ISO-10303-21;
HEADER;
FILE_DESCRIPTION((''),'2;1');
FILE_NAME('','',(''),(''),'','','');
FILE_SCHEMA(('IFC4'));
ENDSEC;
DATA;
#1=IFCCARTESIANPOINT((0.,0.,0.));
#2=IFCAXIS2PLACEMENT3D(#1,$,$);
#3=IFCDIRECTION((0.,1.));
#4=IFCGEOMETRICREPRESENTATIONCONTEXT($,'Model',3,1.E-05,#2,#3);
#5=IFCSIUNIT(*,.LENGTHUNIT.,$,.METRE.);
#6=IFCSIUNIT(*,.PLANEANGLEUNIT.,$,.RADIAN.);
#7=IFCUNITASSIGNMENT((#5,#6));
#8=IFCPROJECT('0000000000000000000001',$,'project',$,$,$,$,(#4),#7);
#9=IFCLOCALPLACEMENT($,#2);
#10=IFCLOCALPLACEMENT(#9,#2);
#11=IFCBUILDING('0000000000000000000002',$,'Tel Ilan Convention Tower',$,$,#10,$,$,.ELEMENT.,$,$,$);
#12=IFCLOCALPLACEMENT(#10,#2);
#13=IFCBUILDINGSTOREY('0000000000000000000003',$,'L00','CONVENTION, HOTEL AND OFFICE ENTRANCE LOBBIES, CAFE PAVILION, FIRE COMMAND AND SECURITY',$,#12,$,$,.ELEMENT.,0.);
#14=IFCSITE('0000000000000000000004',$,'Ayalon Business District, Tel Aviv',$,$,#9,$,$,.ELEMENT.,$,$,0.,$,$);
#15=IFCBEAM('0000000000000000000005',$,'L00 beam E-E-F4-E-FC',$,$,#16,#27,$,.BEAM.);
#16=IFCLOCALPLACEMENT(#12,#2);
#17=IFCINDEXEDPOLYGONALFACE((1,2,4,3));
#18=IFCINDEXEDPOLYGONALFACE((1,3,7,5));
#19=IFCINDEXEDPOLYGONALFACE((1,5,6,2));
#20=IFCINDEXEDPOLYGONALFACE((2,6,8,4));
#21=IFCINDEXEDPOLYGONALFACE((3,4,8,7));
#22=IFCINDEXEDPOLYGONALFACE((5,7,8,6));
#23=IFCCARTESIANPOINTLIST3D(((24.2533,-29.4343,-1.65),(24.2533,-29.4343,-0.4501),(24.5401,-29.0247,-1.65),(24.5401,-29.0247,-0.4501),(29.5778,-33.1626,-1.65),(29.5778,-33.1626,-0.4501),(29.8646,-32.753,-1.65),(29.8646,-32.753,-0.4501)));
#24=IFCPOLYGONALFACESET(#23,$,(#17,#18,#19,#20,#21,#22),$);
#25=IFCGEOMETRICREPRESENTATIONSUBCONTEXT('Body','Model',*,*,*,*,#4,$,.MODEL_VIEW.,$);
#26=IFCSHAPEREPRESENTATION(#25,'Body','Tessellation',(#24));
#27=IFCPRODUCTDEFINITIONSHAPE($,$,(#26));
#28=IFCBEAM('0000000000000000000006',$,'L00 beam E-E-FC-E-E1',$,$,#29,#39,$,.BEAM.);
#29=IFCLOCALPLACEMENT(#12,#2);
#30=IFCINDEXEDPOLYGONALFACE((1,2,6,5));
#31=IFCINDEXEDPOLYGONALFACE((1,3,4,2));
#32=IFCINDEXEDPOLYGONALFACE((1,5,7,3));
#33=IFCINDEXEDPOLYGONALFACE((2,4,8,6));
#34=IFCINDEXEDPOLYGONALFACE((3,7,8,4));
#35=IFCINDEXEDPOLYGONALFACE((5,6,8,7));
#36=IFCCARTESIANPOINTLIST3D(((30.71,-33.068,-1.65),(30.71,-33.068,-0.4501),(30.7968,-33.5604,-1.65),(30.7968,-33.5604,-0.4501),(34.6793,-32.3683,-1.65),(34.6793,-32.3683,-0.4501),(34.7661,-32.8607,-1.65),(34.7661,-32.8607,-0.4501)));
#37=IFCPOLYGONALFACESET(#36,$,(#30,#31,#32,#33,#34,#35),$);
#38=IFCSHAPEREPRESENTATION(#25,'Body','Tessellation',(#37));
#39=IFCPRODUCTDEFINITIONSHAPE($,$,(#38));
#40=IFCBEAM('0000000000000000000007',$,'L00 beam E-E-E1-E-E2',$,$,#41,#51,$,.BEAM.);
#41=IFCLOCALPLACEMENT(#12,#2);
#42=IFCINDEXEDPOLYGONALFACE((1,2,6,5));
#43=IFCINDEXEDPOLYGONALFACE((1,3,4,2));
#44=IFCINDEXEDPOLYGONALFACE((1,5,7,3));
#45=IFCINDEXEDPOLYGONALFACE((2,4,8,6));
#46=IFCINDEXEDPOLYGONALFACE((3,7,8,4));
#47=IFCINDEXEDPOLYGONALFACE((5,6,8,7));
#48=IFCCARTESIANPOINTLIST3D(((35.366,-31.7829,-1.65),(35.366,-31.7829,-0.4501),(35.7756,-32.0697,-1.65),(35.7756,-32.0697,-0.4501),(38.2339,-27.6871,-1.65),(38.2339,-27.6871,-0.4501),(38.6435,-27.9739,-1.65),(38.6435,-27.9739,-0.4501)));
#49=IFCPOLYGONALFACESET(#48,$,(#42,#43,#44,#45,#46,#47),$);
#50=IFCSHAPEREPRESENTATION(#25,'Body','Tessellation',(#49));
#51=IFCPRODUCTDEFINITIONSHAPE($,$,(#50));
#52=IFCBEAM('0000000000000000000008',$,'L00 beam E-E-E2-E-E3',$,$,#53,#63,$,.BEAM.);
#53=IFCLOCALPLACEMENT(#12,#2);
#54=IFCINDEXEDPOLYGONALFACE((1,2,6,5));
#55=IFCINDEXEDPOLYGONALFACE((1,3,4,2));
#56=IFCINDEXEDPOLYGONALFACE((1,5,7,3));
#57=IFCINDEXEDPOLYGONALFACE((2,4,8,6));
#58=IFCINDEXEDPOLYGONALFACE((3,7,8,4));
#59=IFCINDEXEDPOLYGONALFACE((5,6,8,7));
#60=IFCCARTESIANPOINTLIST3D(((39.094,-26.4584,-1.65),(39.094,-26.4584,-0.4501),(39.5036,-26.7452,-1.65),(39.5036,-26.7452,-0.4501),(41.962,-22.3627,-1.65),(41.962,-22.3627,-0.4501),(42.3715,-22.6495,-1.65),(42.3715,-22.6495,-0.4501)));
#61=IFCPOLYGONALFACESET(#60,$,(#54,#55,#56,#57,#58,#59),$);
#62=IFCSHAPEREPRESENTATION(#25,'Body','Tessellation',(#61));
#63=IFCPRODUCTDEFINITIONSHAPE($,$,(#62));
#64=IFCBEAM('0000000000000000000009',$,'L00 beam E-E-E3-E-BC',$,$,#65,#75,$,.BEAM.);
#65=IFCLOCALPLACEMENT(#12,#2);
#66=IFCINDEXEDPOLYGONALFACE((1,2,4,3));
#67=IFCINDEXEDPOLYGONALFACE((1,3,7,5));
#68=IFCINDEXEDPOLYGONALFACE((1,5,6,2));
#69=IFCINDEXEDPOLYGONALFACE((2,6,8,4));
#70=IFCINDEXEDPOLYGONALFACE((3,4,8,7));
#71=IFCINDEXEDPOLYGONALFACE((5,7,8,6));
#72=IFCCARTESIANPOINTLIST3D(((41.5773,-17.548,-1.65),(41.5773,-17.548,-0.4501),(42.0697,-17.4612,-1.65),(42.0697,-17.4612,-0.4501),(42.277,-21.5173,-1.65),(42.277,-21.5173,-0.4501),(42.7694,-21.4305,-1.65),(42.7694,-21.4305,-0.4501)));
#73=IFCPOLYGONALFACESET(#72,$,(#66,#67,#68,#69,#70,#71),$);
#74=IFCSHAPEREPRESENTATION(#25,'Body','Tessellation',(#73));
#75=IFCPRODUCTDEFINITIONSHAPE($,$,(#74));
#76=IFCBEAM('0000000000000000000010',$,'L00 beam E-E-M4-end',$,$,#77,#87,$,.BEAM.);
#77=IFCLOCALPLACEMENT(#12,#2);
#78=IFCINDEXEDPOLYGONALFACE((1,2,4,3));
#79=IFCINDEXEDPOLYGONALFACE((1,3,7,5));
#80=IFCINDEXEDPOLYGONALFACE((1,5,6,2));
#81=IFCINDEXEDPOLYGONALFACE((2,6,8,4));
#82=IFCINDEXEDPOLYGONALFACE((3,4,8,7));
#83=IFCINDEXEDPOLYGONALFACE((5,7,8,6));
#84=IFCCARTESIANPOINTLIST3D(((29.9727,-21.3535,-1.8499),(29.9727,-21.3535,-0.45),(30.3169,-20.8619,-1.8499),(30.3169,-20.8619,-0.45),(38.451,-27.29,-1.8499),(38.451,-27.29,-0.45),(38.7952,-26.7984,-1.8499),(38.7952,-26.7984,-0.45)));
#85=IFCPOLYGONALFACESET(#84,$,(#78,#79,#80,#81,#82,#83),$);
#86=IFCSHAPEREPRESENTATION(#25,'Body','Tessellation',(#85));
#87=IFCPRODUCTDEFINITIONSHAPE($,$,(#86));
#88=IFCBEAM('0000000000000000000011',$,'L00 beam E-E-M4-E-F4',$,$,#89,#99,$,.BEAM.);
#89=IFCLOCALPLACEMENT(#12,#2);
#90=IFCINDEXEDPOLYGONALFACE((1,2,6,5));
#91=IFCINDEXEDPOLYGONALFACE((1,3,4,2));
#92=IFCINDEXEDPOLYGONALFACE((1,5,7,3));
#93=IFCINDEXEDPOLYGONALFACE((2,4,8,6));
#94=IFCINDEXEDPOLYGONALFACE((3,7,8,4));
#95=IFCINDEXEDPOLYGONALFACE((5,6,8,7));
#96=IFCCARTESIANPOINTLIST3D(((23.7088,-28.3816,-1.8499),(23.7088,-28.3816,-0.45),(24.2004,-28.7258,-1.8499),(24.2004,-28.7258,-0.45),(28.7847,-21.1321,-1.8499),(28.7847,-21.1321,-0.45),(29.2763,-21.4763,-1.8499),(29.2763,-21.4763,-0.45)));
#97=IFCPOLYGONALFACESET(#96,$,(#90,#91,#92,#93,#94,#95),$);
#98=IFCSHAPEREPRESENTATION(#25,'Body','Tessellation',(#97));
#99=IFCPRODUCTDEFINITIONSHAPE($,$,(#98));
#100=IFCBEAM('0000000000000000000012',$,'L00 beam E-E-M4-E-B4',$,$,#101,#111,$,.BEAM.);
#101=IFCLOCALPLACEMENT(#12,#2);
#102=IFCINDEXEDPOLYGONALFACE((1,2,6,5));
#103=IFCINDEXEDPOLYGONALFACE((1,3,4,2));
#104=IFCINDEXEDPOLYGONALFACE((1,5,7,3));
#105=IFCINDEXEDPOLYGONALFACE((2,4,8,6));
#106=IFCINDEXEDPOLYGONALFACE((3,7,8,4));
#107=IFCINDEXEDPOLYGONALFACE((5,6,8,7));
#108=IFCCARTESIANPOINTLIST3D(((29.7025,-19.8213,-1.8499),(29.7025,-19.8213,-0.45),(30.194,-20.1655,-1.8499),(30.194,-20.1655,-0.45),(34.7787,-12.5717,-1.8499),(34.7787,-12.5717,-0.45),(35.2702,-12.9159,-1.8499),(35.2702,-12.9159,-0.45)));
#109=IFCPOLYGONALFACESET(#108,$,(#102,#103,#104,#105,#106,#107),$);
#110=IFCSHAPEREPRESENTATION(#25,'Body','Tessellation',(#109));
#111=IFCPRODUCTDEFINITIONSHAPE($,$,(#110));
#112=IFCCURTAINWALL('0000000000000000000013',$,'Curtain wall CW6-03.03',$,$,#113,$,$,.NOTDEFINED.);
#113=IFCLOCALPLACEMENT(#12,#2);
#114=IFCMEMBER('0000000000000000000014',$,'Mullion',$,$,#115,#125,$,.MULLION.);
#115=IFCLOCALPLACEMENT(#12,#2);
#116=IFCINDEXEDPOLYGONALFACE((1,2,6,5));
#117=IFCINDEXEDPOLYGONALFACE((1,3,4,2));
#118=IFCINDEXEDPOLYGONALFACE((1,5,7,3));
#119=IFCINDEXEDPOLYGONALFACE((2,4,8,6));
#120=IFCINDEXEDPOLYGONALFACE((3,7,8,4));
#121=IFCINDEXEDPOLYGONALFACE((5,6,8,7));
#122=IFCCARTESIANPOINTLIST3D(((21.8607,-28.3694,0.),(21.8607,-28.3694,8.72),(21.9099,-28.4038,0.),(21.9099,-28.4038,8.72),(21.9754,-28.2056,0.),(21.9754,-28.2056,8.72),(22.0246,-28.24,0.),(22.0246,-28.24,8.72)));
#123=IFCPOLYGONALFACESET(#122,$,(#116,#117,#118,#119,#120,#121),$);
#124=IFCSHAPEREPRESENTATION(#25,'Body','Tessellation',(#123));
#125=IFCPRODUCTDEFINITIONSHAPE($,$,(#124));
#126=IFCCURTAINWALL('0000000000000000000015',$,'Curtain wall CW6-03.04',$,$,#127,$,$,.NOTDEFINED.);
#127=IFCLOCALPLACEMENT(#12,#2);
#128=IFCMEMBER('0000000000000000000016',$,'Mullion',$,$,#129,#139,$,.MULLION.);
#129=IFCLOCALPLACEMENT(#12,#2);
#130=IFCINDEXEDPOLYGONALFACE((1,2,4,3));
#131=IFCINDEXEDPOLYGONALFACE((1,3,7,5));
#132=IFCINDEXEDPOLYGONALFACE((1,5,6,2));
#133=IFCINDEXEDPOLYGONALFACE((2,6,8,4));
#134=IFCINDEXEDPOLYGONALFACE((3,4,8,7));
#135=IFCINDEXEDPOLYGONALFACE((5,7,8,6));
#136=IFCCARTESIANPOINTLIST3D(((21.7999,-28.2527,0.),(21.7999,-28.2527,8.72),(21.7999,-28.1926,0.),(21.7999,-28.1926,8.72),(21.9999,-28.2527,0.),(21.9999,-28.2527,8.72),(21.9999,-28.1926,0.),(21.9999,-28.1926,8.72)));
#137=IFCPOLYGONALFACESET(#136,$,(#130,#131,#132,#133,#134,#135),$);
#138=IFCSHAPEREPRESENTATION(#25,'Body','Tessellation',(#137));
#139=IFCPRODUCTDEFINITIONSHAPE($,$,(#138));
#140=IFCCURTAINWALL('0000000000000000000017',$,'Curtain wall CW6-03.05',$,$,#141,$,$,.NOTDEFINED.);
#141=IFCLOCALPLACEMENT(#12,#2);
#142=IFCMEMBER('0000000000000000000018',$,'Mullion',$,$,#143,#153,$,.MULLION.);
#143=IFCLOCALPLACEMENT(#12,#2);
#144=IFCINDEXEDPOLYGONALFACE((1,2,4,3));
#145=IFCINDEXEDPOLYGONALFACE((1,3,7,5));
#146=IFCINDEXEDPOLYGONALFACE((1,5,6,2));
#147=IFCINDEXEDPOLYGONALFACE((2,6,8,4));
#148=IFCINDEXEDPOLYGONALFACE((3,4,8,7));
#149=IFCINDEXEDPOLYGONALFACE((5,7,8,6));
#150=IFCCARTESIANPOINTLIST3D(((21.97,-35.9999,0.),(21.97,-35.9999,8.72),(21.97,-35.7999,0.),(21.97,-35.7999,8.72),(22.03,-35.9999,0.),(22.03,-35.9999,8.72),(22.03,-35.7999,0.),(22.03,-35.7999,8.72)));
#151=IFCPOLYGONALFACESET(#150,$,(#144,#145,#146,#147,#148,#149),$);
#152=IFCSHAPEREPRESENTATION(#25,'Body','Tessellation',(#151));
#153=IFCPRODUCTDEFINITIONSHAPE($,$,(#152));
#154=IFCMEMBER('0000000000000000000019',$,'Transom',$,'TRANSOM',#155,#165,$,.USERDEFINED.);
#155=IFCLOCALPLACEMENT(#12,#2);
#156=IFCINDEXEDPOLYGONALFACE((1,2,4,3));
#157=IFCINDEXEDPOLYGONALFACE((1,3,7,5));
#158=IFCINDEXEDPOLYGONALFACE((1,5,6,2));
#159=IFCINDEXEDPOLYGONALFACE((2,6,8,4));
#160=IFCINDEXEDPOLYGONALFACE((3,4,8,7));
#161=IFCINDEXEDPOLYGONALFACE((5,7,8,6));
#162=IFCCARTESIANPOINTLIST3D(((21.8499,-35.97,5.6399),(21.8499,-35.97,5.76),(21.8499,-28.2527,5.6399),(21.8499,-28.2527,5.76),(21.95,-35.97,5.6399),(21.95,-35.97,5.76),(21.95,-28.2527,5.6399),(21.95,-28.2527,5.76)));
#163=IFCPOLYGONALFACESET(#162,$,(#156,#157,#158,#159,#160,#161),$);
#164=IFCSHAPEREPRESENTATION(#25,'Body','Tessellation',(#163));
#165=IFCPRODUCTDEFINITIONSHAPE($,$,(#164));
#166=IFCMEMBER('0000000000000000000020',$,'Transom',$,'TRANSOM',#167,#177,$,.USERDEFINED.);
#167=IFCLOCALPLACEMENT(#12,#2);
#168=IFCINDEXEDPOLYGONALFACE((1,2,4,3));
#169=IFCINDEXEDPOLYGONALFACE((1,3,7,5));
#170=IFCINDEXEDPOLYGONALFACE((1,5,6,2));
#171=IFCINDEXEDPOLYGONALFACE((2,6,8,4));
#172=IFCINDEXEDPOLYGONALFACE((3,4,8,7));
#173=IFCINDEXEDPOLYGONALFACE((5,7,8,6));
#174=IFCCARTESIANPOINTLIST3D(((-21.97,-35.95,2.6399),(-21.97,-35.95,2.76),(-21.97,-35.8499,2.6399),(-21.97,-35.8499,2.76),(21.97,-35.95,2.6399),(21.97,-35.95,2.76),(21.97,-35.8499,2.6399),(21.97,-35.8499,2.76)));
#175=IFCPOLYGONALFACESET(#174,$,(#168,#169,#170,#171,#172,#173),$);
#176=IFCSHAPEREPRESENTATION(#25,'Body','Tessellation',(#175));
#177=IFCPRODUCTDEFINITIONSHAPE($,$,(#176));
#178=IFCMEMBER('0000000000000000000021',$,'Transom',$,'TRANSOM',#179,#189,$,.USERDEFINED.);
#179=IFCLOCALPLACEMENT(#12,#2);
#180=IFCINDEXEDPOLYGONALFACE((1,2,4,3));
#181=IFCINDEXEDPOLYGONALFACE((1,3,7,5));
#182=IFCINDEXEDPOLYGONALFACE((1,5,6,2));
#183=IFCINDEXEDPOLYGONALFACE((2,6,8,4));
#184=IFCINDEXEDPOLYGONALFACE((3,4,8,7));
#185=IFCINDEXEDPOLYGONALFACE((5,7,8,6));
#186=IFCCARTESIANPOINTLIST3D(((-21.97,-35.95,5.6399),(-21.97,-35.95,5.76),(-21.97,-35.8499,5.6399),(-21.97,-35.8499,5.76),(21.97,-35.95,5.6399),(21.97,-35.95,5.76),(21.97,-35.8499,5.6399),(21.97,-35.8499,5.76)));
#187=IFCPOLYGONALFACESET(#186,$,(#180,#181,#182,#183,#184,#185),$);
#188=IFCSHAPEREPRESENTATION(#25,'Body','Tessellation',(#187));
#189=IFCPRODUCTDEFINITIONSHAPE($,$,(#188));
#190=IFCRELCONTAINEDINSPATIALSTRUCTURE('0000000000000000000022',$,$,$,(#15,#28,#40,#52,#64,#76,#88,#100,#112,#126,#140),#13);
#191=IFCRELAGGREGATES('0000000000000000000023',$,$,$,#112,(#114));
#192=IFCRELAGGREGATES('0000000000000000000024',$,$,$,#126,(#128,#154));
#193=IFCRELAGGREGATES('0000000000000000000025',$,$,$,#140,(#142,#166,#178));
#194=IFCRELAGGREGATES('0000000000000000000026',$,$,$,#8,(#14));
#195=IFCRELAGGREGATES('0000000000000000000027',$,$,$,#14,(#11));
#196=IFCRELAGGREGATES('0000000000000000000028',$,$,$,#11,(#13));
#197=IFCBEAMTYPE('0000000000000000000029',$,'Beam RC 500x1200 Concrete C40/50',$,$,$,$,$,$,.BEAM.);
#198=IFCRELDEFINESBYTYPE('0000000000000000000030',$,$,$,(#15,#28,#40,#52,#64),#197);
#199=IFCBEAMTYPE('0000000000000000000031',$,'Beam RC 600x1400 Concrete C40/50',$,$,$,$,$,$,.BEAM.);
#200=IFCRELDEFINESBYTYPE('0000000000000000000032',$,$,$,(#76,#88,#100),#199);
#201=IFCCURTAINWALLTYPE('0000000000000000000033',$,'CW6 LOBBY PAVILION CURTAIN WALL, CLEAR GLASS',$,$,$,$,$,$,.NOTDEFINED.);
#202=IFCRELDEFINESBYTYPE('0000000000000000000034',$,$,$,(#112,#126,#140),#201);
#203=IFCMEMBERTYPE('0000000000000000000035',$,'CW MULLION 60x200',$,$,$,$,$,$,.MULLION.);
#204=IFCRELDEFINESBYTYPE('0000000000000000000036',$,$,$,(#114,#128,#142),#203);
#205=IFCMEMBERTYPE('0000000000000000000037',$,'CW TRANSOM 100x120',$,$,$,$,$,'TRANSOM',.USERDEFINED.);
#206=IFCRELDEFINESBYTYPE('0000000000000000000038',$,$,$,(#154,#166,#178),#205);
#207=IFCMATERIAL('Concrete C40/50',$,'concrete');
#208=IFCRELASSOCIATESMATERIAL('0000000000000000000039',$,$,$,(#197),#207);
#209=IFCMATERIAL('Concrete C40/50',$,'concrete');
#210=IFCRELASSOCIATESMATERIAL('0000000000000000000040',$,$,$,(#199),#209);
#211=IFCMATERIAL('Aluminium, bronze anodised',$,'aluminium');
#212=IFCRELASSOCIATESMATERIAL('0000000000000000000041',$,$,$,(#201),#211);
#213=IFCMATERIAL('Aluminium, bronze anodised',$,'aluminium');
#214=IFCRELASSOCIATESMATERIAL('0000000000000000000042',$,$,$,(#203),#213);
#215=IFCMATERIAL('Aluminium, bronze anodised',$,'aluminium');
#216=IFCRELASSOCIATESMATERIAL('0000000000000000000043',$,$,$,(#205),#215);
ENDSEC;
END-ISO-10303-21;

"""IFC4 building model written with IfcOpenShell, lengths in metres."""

from ifc_helpers import new_model, si_unit, direction, frame, origin, origin_2d, place, context, subcontext, project, spatial, rectangle, extrude, material, material_profile, profile_set, type_object, element, aggregate, save


model = new_model("IFC4")

# Units and contexts
model_context = context("Model", 3, precision=1e-05, world=origin(), true_north=direction((0.0, 1.0)))
body_context = subcontext(model_context, "Body", "Model", "MODEL_VIEW")
ifc_project = project(units=[si_unit("LENGTHUNIT", "METRE"), si_unit("PLANEANGLEUNIT", "RADIAN")], contexts=[model_context])

# Site, building, storey
site_placement = place(None, origin())
site = spatial("IfcSite", under=ifc_project, at=site_placement, Name="Ayalon Business District, Tel Aviv", CompositionType="ELEMENT", RefElevation=0.0)
building_placement = place(site_placement, origin())
building = spatial("IfcBuilding", under=site, at=building_placement, Name="Tel Ilan Convention Tower", CompositionType="ELEMENT")
storey_placement = place(building_placement, origin())
storey = spatial("IfcBuildingStorey", under=building, at=storey_placement, Name="L00", Description="CONVENTION, HOTEL AND OFFICE ENTRANCE LOBBIES, CAFE PAVILION, FIRE COMMAND AND SECURITY", CompositionType="ELEMENT", Elevation=0.0)

# Beams
ifc_material_1 = material(Name="Concrete C40/50", Category="concrete")
ifc_material_profile_1 = material_profile(ifc_material_1, rectangle(XDim=0.5, YDim=1.2, at=origin_2d()), Name="RC 500x1200")
ifc_profile_set_1 = profile_set([ifc_material_profile_1], Name="Concrete C40/50")
beam_type_1 = type_object("IfcBeamType", Name="Beam RC 500x1200 Concrete C40/50", PredefinedType="BEAM", material=ifc_profile_set_1)
beam_1_placement = place(storey_placement, frame((24.3967, -29.2295, -1.05), z_axis=(0.819149, -0.573581, 0.0), x_axis=(0.573581, 0.819149, 0.0)))
element("IfcBeam", 1, at=beam_1_placement, inside=storey, type_object=beam_type_1, Name="L00 beam E-E-F4-E-FC", PredefinedType="BEAM", context=body_context, shape_type="SweptSolid", body=[
    extrude(rectangle(XDim=0.5, YDim=1.2, at=origin_2d()), origin(), (0.0, 0.0, 1.0), 6.5),
])
beam_2_placement = place(storey_placement, frame((30.7534, -33.3142, -1.05), z_axis=(0.984815, 0.173606, 0.0), x_axis=(-0.173606, 0.984815, 0.0)))
element("IfcBeam", 2, at=beam_2_placement, inside=storey, type_object=beam_type_1, Name="L00 beam E-E-FC-E-E1", PredefinedType="BEAM", context=body_context, shape_type="SweptSolid", body=[
    extrude(rectangle(XDim=0.5, YDim=1.2, at=origin_2d()), origin(), (0.0, 0.0, 1.0), 4.0305),
])
for number, where, z_axis, x_axis, name in (
    (3, (35.5708, -31.9263, -1.05), (0.573587, 0.819145, 0.0), (-0.819145, 0.573587, 0.0), "L00 beam E-E-E1-E-E2"),
    (4, (39.2988, -26.6018, -1.05), (0.573587, 0.819145, 0.0), (-0.819145, 0.573587, 0.0), "L00 beam E-E-E2-E-E3"),
):
    element("IfcBeam", number, at=place(storey_placement, frame(where, z_axis=z_axis, x_axis=x_axis)), inside=storey, type_object=beam_type_1, Name=name, PredefinedType="BEAM", context=body_context, shape_type="SweptSolid", body=[
        extrude(rectangle(XDim=0.5, YDim=1.2, at=origin_2d()), origin(), (0.0, 0.0, 1.0), 5.0),
    ])
beam_3_placement = place(storey_placement, frame((42.5232, -21.4739, -1.05), z_axis=(-0.173606, 0.984815, 0.0), x_axis=(-0.984815, -0.173606, 0.0)))
element("IfcBeam", 5, at=beam_3_placement, inside=storey, type_object=beam_type_1, Name="L00 beam E-E-E3-E-BC", PredefinedType="BEAM", context=body_context, shape_type="SweptSolid", body=[
    extrude(rectangle(XDim=0.5, YDim=1.2, at=origin_2d()), origin(), (0.0, 0.0, 1.0), 4.0305),
])
ifc_material_2 = material(Name="Concrete C40/50", Category="concrete")
ifc_material_profile_2 = material_profile(ifc_material_2, rectangle(XDim=0.6001, YDim=1.3999, at=origin_2d()), Name="RC 600x1400")
ifc_profile_set_2 = profile_set([ifc_material_profile_2], Name="Concrete C40/50")
beam_type_2 = type_object("IfcBeamType", Name="Beam RC 600x1400 Concrete C40/50", PredefinedType="BEAM", material=ifc_profile_set_2)
beam_4_placement = place(storey_placement, frame((30.1448, -21.1077, -1.1499), z_axis=(0.819153, -0.573575, 0.0), x_axis=(0.573575, 0.819153, 0.0)))
element("IfcBeam", 6, at=beam_4_placement, inside=storey, type_object=beam_type_2, Name="L00 beam E-E-M4-end", PredefinedType="BEAM", context=body_context, shape_type="SweptSolid", body=[
    extrude(rectangle(XDim=0.6001, YDim=1.3999, at=origin_2d()), origin(), (0.0, 0.0, 1.0), 10.3501),
])
beam_5_placement = place(storey_placement, frame((29.0305, -21.3042, -1.1499), z_axis=(-0.573559, -0.819165, 0.0), x_axis=(0.819165, -0.573559, 0.0)))
element("IfcBeam", 7, at=beam_5_placement, inside=storey, type_object=beam_type_2, Name="L00 beam E-E-M4-E-F4", PredefinedType="BEAM", context=body_context, shape_type="SweptSolid", body=[
    extrude(rectangle(XDim=0.6001, YDim=1.3999, at=origin_2d()), origin(), (0.0, 0.0, 1.0), 8.8499),
])
beam_6_placement = place(storey_placement, frame((29.9482, -19.9934, -1.1499), z_axis=(0.573577, 0.819152, 0.0), x_axis=(-0.819152, 0.573577, 0.0)))
element("IfcBeam", 8, at=beam_6_placement, inside=storey, type_object=beam_type_2, Name="L00 beam E-E-M4-E-B4", PredefinedType="BEAM", context=body_context, shape_type="SweptSolid", body=[
    extrude(rectangle(XDim=0.6001, YDim=1.3999, at=origin_2d()), origin(), (0.0, 0.0, 1.0), 8.8501),
])

# Curtain walls, members
ifc_material_3 = material(Name="Aluminium, bronze anodised", Category="aluminium")
curtain_wall_type = type_object("IfcCurtainWallType", Name="CW6 LOBBY PAVILION CURTAIN WALL, CLEAR GLASS", PredefinedType="NOTDEFINED", material=ifc_material_3)
curtain_wall_1_placement = place(storey_placement, origin())
curtain_wall_1 = element("IfcCurtainWall", 9, at=curtain_wall_1_placement, inside=storey, type_object=curtain_wall_type, Name="Curtain wall CW6-03.03", PredefinedType="NOTDEFINED")
ifc_material_4 = material(Name="Aluminium, bronze anodised", Category="aluminium")
ifc_material_profile_3 = material_profile(ifc_material_4, rectangle(XDim=0.0601, YDim=0.2, at=origin_2d()), Name="CW MULLION 60x200")
ifc_profile_set_3 = profile_set([ifc_material_profile_3], Name="Aluminium, bronze anodised")
member_type_1 = type_object("IfcMemberType", Name="CW MULLION 60x200", PredefinedType="MULLION", material=ifc_profile_set_3)
member_1_placement = place(storey_placement, frame((21.9426, -28.3047, 0.0), z_axis=(0.0, 0.0, 1.0), x_axis=(0.819152, -0.573576, 0.0)))
member_1 = element("IfcMember", 10, at=member_1_placement, type_object=member_type_1, Name="Mullion", PredefinedType="MULLION", context=body_context, shape_type="SweptSolid", body=[
    extrude(rectangle(XDim=0.0601, YDim=0.2, at=origin_2d()), origin(), (0.0, 0.0, 1.0), 8.72),
])
aggregate(curtain_wall_1, [member_1])
curtain_wall_2_placement = place(storey_placement, origin())
curtain_wall_2 = element("IfcCurtainWall", 11, at=curtain_wall_2_placement, inside=storey, type_object=curtain_wall_type, Name="Curtain wall CW6-03.04", PredefinedType="NOTDEFINED")
member_2_placement = place(storey_placement, frame((21.8999, -28.2227, 0.0), z_axis=(0.0, 0.0, 1.0), x_axis=(0.0, -1.0, 0.0)))
member_2 = element("IfcMember", 12, at=member_2_placement, type_object=member_type_1, Name="Mullion", PredefinedType="MULLION", context=body_context, shape_type="SweptSolid", body=[
    extrude(rectangle(XDim=0.0601, YDim=0.2, at=origin_2d()), origin(), (0.0, 0.0, 1.0), 8.72),
])
curtain_wall_3_placement = place(storey_placement, origin())
curtain_wall_3 = element("IfcCurtainWall", 13, at=curtain_wall_3_placement, inside=storey, type_object=curtain_wall_type, Name="Curtain wall CW6-03.05", PredefinedType="NOTDEFINED")
member_3_placement = place(storey_placement, frame((22.0, -35.8999, 0.0), z_axis=(0.0, 0.0, 1.0), x_axis=(-1.0, 0.0, 0.0)))
member_3 = element("IfcMember", 14, at=member_3_placement, type_object=member_type_1, Name="Mullion", PredefinedType="MULLION", context=body_context, shape_type="SweptSolid", body=[
    extrude(rectangle(XDim=0.0601, YDim=0.2, at=origin_2d()), origin(), (0.0, 0.0, 1.0), 8.72),
])

# Members
ifc_material_5 = material(Name="Aluminium, bronze anodised", Category="aluminium")
ifc_material_profile_4 = material_profile(ifc_material_5, rectangle(XDim=0.1001, YDim=0.1201, at=origin_2d()), Name="CW TRANSOM 100x120")
ifc_profile_set_4 = profile_set([ifc_material_profile_4], Name="Aluminium, bronze anodised")
member_type_2 = type_object("IfcMemberType", Name="CW TRANSOM 100x120", ElementType="TRANSOM", PredefinedType="USERDEFINED", material=ifc_profile_set_4)
member_4_placement = place(storey_placement, frame((21.8999, -28.2527, 5.7), z_axis=(0.0, -1.0, 0.0), x_axis=(1.0, 0.0, 0.0)))
member_4 = element("IfcMember", 15, at=member_4_placement, type_object=member_type_2, Name="Transom", ObjectType="TRANSOM", PredefinedType="USERDEFINED", context=body_context, shape_type="SweptSolid", body=[
    extrude(rectangle(XDim=0.1001, YDim=0.1201, at=origin_2d()), origin(), (0.0, 0.0, 1.0), 7.7173),
])
aggregate(curtain_wall_2, [member_2, member_4])
member_5_placement = place(storey_placement, frame((21.97, -35.8999, 2.7), z_axis=(-1.0, 0.0, 0.0), x_axis=(0.0, -1.0, 0.0)))
member_5 = element("IfcMember", 16, at=member_5_placement, type_object=member_type_2, Name="Transom", ObjectType="TRANSOM", PredefinedType="USERDEFINED", context=body_context, shape_type="SweptSolid", body=[
    extrude(rectangle(XDim=0.1001, YDim=0.1201, at=origin_2d()), origin(), (0.0, 0.0, 1.0), 43.9399),
])
member_6_placement = place(storey_placement, frame((21.97, -35.8999, 5.7), z_axis=(-1.0, 0.0, 0.0), x_axis=(0.0, -1.0, 0.0)))
member_6 = element("IfcMember", 17, at=member_6_placement, type_object=member_type_2, Name="Transom", ObjectType="TRANSOM", PredefinedType="USERDEFINED", context=body_context, shape_type="SweptSolid", body=[
    extrude(rectangle(XDim=0.1001, YDim=0.1201, at=origin_2d()), origin(), (0.0, 0.0, 1.0), 43.9399),
])
aggregate(curtain_wall_3, [member_3, member_5, member_6])

save(model, "model.ifc")
